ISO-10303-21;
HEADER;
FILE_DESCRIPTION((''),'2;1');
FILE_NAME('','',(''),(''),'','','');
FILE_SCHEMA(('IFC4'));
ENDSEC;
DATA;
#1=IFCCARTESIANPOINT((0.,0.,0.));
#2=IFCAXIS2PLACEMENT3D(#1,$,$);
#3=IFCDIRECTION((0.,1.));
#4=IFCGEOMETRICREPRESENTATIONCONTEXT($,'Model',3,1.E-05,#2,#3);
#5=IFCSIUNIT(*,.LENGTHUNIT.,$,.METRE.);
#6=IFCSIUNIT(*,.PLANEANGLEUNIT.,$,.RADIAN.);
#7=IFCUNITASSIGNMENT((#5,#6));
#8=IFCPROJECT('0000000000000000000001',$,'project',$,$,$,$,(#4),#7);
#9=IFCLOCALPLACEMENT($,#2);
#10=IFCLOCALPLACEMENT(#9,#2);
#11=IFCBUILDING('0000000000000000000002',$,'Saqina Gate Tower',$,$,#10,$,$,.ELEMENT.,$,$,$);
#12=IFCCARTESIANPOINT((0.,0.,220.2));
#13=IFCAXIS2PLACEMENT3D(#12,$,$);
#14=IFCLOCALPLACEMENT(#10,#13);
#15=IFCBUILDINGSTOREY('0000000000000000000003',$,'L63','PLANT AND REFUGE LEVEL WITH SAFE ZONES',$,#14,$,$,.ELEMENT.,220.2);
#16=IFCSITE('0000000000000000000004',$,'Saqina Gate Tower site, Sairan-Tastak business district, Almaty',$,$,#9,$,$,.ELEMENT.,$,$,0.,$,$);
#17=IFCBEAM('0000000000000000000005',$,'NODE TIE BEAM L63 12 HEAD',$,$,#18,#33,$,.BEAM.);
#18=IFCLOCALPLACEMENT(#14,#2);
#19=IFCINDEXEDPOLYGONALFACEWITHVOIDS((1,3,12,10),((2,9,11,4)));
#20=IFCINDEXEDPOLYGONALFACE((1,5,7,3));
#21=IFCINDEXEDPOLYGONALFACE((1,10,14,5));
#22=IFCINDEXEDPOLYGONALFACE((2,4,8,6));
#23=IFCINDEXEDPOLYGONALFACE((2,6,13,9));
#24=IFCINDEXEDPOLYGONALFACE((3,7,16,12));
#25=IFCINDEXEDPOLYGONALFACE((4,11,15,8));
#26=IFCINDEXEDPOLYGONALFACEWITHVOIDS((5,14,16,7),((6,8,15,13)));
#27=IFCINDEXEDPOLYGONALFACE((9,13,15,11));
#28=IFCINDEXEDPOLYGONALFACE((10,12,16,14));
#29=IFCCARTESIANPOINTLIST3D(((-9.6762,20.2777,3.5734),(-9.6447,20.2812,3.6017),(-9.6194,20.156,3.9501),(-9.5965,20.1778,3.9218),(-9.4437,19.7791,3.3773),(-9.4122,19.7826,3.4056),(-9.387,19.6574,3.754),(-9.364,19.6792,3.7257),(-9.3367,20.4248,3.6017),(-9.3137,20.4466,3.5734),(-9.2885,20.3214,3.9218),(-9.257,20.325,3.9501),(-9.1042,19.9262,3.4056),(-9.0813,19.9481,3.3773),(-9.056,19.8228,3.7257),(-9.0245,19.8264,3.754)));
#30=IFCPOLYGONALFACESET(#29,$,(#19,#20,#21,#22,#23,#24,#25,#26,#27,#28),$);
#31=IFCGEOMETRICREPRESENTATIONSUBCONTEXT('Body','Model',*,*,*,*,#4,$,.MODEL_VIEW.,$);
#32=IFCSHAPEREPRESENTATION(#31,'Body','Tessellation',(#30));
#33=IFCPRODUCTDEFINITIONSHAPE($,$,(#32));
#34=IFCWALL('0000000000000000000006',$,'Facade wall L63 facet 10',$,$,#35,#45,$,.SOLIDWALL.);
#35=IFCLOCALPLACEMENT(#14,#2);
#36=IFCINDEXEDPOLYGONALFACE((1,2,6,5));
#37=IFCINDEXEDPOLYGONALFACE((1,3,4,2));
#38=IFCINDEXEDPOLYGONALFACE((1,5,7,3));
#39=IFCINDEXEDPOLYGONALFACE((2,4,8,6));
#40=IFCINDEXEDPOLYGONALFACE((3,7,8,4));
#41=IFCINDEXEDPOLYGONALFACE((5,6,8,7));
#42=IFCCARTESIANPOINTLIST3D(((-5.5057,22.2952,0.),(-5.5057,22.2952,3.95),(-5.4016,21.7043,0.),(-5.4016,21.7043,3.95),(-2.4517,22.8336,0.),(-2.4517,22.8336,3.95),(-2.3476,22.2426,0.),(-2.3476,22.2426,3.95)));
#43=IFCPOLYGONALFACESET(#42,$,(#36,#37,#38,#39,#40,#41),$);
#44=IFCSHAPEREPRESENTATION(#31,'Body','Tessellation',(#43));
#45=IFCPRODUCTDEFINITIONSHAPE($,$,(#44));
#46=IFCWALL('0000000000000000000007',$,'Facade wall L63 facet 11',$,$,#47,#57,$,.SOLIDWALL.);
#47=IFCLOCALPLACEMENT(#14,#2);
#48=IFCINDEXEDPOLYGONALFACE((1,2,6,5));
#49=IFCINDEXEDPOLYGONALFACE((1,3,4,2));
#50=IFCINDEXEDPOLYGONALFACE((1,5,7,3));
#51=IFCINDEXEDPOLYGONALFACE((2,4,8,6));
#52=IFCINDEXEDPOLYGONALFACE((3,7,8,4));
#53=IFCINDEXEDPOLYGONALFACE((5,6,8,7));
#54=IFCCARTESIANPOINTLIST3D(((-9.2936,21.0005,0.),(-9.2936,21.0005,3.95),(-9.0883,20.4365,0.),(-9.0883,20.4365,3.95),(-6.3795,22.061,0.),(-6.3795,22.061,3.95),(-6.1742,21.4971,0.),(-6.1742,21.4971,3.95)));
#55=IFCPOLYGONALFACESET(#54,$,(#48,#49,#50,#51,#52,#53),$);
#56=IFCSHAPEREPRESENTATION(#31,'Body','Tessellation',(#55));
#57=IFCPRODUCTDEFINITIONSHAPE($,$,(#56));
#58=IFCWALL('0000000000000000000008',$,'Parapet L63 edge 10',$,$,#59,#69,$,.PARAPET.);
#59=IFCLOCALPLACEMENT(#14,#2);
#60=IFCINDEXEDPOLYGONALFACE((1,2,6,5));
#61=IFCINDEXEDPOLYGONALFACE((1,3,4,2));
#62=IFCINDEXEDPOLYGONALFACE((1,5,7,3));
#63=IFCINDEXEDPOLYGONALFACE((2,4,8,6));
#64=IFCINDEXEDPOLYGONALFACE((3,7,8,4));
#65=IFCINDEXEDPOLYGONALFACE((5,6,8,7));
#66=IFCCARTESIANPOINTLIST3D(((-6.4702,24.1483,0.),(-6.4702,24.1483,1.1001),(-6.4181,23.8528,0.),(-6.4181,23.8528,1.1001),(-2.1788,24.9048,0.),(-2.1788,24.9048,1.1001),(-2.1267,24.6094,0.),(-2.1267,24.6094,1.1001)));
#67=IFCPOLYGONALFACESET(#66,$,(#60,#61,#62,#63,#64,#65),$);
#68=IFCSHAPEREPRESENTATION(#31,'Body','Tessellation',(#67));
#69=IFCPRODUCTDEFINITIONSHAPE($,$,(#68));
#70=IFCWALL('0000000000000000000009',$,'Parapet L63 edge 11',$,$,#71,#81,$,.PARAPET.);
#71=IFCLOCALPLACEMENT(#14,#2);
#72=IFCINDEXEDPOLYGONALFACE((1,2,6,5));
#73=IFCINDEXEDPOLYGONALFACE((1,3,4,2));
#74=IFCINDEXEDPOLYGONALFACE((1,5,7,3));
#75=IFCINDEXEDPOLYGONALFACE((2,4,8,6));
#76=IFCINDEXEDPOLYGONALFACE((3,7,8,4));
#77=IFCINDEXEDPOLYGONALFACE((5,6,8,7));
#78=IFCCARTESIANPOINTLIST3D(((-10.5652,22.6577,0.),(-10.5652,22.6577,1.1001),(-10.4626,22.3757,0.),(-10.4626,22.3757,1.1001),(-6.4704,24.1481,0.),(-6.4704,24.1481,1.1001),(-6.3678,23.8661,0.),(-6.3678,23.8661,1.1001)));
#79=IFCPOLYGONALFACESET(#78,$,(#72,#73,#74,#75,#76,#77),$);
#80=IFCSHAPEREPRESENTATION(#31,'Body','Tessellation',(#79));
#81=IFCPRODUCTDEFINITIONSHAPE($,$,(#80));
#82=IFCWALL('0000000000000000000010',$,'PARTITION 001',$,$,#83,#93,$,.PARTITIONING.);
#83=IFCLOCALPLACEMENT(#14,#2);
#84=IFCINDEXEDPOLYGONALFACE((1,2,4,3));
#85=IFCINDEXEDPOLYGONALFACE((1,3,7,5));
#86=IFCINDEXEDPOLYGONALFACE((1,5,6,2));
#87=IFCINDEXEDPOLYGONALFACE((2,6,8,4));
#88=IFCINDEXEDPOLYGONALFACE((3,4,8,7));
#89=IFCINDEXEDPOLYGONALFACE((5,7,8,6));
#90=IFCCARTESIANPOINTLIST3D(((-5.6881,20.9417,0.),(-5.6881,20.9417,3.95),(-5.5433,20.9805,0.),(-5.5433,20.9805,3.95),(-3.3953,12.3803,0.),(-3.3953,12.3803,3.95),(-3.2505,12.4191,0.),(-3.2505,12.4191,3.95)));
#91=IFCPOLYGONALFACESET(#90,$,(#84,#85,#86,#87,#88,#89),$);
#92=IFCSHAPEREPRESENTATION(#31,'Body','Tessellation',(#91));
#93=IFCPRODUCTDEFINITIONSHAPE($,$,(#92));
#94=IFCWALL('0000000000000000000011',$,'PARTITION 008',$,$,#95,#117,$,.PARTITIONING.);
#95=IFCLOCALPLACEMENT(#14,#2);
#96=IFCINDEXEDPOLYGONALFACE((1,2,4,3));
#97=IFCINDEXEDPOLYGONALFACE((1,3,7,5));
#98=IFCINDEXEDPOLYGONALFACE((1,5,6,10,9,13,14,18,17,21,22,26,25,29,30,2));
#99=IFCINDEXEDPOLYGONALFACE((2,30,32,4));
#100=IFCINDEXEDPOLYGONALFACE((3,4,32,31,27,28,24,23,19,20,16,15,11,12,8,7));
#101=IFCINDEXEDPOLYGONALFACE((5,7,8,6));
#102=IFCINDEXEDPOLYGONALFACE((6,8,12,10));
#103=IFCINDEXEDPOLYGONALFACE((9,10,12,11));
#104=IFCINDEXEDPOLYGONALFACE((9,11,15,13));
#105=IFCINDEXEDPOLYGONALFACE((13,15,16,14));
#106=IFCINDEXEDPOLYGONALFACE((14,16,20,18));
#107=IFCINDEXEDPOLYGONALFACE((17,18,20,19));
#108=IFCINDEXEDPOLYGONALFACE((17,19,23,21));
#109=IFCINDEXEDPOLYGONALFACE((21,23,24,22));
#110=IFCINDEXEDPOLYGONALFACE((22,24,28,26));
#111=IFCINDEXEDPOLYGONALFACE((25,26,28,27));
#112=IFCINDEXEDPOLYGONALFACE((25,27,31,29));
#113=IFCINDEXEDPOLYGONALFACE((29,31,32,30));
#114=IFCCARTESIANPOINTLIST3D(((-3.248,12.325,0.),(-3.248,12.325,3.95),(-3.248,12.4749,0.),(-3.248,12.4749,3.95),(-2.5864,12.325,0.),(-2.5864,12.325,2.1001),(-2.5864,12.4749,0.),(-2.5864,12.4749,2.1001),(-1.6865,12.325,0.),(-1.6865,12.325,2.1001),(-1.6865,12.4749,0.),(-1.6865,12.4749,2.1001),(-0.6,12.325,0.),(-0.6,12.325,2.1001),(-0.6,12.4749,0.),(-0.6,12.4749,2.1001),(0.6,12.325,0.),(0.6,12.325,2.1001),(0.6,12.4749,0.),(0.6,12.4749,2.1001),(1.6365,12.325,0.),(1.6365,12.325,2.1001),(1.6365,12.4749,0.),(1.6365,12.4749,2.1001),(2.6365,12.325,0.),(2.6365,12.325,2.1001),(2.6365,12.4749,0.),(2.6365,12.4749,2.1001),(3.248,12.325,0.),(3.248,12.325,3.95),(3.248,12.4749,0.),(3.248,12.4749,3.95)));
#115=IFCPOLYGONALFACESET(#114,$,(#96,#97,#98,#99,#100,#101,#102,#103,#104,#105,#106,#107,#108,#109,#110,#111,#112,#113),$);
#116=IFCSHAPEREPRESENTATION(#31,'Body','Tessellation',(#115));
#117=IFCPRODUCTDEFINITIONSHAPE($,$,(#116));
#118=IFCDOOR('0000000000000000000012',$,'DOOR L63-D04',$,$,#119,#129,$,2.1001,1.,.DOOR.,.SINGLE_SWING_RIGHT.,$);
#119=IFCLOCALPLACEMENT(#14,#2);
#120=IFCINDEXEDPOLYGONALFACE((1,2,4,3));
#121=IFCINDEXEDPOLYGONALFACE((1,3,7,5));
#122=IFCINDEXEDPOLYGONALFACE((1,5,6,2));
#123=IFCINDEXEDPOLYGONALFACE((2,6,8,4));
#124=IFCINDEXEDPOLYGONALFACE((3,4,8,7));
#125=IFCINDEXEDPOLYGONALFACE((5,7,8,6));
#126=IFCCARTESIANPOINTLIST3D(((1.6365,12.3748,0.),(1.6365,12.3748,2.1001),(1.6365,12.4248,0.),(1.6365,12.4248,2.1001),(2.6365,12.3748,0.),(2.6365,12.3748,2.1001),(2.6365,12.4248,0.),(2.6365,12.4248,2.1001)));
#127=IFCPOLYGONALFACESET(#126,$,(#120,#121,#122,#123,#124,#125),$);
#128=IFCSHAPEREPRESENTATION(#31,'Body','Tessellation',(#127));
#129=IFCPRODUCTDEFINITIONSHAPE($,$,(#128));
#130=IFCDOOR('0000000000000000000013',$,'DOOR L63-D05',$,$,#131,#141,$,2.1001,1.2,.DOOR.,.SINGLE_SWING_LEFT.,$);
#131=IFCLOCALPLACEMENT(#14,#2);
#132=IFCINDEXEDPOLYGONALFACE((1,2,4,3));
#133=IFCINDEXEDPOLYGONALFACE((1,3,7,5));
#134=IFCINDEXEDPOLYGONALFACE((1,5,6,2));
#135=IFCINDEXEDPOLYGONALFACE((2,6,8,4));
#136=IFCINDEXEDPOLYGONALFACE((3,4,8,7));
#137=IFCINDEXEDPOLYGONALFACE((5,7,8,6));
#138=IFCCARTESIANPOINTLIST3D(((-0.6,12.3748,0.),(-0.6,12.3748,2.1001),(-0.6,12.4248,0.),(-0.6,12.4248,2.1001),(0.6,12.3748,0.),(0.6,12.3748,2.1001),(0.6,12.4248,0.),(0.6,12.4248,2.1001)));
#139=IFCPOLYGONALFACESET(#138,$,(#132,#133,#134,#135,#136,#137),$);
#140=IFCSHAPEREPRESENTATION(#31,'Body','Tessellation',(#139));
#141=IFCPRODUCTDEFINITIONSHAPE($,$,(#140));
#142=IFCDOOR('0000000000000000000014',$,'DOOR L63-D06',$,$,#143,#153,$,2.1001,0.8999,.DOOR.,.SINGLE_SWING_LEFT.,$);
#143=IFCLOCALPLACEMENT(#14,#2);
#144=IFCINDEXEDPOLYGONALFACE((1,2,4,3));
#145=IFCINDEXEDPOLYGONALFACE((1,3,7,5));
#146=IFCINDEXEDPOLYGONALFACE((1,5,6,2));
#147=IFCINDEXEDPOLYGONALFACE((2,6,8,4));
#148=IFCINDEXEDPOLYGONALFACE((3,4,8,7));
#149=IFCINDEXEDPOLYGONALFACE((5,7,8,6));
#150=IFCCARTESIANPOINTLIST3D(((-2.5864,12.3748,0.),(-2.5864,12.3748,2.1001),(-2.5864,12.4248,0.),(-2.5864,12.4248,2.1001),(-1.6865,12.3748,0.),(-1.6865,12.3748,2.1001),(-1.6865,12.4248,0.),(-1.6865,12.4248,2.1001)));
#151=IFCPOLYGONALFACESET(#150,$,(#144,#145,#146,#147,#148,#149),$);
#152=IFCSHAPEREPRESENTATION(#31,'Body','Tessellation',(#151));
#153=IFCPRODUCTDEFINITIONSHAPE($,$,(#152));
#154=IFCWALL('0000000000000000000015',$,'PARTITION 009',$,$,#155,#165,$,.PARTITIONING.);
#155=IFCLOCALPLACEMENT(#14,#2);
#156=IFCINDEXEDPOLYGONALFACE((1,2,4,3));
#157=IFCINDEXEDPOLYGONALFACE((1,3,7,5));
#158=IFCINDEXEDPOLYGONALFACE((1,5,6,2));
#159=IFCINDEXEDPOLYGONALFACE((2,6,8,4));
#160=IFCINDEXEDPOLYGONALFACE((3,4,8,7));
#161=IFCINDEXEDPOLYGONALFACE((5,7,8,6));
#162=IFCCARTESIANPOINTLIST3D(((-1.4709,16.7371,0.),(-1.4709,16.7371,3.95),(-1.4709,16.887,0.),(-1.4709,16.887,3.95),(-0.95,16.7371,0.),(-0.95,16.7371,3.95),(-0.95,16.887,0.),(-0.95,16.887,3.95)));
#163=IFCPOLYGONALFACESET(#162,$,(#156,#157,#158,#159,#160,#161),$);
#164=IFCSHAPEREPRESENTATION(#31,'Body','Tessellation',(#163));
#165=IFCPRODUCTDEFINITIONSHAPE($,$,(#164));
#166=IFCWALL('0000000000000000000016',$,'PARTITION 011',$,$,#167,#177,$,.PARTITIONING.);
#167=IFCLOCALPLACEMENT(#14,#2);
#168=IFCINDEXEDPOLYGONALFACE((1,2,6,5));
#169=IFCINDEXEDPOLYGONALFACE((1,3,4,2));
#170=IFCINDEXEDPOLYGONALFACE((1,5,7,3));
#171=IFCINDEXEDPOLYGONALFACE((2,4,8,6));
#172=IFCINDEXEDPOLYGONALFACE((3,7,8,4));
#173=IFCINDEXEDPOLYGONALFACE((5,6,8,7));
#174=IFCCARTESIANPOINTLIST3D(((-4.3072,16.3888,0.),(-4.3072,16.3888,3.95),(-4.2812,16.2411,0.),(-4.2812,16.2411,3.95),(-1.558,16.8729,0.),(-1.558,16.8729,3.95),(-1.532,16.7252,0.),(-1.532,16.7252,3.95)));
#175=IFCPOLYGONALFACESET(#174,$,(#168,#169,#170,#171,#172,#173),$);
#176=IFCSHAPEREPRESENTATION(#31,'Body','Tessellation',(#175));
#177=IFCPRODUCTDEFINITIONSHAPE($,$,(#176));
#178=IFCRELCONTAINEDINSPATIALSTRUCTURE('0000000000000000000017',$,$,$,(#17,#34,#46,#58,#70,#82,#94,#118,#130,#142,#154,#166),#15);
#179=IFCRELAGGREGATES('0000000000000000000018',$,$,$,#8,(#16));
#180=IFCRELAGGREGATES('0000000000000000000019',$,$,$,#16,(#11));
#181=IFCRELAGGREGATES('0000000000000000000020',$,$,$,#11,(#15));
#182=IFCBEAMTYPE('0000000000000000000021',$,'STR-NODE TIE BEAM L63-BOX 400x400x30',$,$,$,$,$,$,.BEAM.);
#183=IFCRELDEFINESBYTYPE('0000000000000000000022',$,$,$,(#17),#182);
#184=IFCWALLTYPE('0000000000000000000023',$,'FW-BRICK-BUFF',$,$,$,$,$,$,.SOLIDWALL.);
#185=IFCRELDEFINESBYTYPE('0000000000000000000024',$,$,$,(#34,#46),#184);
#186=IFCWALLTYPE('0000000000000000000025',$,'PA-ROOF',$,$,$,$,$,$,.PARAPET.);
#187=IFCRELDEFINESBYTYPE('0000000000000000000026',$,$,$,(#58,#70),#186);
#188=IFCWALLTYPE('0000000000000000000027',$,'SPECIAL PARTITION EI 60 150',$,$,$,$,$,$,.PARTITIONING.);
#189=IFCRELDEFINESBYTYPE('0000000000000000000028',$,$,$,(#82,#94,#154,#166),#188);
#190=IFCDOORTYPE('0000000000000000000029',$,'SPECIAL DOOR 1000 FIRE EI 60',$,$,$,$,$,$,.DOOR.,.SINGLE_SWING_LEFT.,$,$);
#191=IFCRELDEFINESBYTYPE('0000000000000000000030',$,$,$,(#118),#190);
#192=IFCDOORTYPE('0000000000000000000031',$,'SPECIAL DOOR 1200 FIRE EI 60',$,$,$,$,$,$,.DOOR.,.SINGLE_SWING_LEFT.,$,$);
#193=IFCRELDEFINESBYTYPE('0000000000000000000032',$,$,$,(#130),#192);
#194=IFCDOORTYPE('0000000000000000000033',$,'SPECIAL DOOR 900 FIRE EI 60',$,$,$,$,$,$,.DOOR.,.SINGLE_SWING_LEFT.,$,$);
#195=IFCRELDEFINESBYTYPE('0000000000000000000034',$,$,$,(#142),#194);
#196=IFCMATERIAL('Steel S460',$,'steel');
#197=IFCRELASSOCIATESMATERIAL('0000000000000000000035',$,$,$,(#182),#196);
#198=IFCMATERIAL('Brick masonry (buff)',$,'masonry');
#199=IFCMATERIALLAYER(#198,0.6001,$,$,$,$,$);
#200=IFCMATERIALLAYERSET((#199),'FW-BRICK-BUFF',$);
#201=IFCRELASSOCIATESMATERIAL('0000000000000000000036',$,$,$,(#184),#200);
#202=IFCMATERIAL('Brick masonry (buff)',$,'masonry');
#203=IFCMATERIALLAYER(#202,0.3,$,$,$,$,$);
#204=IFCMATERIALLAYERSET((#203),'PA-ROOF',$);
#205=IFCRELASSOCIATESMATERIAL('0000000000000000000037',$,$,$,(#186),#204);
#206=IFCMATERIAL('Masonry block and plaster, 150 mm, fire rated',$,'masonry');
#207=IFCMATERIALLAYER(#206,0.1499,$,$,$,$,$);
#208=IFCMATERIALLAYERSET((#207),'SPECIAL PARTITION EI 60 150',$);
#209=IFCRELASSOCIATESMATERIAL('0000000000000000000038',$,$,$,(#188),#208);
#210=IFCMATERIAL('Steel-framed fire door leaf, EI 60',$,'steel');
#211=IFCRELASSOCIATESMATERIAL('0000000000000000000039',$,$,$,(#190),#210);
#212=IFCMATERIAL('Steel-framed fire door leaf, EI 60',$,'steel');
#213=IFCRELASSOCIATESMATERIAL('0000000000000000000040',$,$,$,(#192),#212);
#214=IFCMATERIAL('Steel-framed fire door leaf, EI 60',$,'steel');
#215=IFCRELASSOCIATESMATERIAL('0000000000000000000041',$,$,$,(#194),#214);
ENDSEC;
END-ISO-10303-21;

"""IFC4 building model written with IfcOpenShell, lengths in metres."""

from ifc_helpers import new_model, si_unit, direction, frame, frame_2d, origin, origin_2d, place, context, subcontext, project, spatial, rectangle, hollow_rectangle, extrude, material, layer, layer_set, material_profile, profile_set, type_object, element, fill, save


model = new_model("IFC4")

# Units and contexts
model_context = context("Model", 3, precision=1e-05, world=origin(), true_north=direction((0.0, 1.0)))
body_context = subcontext(model_context, "Body", "Model", "MODEL_VIEW")
ifc_project = project(units=[si_unit("LENGTHUNIT", "METRE"), si_unit("PLANEANGLEUNIT", "RADIAN")], contexts=[model_context])

# Site, building, storey
site_placement = place(None, origin())
site = spatial("IfcSite", under=ifc_project, at=site_placement, Name="Saqina Gate Tower site, Sairan-Tastak business district, Almaty", CompositionType="ELEMENT", RefElevation=0.0)
building_placement = place(site_placement, origin())
building = spatial("IfcBuilding", under=site, at=building_placement, Name="Saqina Gate Tower", CompositionType="ELEMENT")
storey_placement = place(building_placement, frame((0.0, 0.0, 220.2)))
storey = spatial("IfcBuildingStorey", under=building, at=storey_placement, Name="L63", Description="PLANT AND REFUGE LEVEL WITH SAFE ZONES", CompositionType="ELEMENT", Elevation=220.2)

# Beam
ifc_material_1 = material(Name="Steel S460", Category="steel")
ifc_material_profile_1 = material_profile(ifc_material_1, hollow_rectangle(XDim=0.3999, YDim=0.3999, WallThickness=0.03, at=origin_2d()), Name="BOX 400x400x30")
ifc_profile_set_1 = profile_set([ifc_material_profile_1], Name="Steel S460")
beam_type = type_object("IfcBeamType", Name="STR-NODE TIE BEAM L63-BOX 400x400x30", PredefinedType="BEAM", material=ifc_profile_set_1)
beam_placement = place(storey_placement, frame((-9.2341, 19.8027, 3.5657), z_axis=(-0.398021, 0.853738, 0.335725), x_axis=(-0.906342, -0.422545, 0.0)))
element("IfcBeam", 1, at=beam_placement, inside=storey, type_object=beam_type, Name="NODE TIE BEAM L63 12 HEAD", PredefinedType="BEAM", context=body_context, shape_type="SweptSolid", body=[
    extrude(hollow_rectangle(XDim=0.3999, YDim=0.3999, WallThickness=0.03, at=origin_2d()), origin(), (0.0, 0.0, 1.0), 0.584),
])

# Walls
ifc_material_2 = material(Name="Brick masonry (buff)", Category="masonry")
ifc_layer_1 = layer(ifc_material_2, 0.6001)
ifc_layer_set_1 = layer_set([ifc_layer_1], Name="FW-BRICK-BUFF")
wall_type_1 = type_object("IfcWallType", Name="FW-BRICK-BUFF", PredefinedType="SOLIDWALL", material=ifc_layer_set_1)
for number, where, z_axis, x_axis, name in (
    (2, (-2.3997, 22.5381, 0.0), (0.0, 0.0, 1.0), (-0.984817, -0.173597, 0.0), "Facade wall L63 facet 10"),
    (3, (-6.2769, 21.7791, 0.0), (0.0, 0.0, 1.0), (-0.939701, -0.341996, 0.0), "Facade wall L63 facet 11"),
):
    element("IfcWall", number, at=place(storey_placement, frame(where, z_axis=z_axis, x_axis=x_axis)), inside=storey, type_object=wall_type_1, Name=name, PredefinedType="SOLIDWALL", context=body_context, shape_type="SweptSolid", body=[
        extrude(rectangle(XDim=3.1011, YDim=0.6001, at=frame_2d((1.5505, 0.0))), origin(), (0.0, 0.0, 1.0), 3.95),
    ])
ifc_material_3 = material(Name="Brick masonry (buff)", Category="masonry")
ifc_layer_2 = layer(ifc_material_3, 0.3)
ifc_layer_set_2 = layer_set([ifc_layer_2], Name="PA-ROOF")
wall_type_2 = type_object("IfcWallType", Name="PA-ROOF", PredefinedType="PARAPET", material=ifc_layer_set_2)
for number, where, z_axis, x_axis, name in (
    (4, (-2.1528, 24.7571, 0.0), (0.0, 0.0, 1.0), (-0.984812, -0.173622, 0.0), "Parapet L63 edge 10"),
    (5, (-6.4192, 24.0071, 0.0), (0.0, 0.0, 1.0), (-0.93969, -0.342026, 0.0), "Parapet L63 edge 11"),
):
    element("IfcWall", number, at=place(storey_placement, frame(where, z_axis=z_axis, x_axis=x_axis)), inside=storey, type_object=wall_type_2, Name=name, PredefinedType="PARAPET", context=body_context, shape_type="SweptSolid", body=[
        extrude(rectangle(XDim=4.3577, YDim=0.3, at=frame_2d((2.1787, 0.0))), origin(), (0.0, 0.0, 1.0), 1.1001),
    ])
ifc_material_4 = material(Name="Masonry block and plaster, 150 mm, fire rated", Category="masonry")
ifc_layer_3 = layer(ifc_material_4, 0.1499)
ifc_layer_set_3 = layer_set([ifc_layer_3], Name="SPECIAL PARTITION EI 60 150")
wall_type_3 = type_object("IfcWallType", Name="SPECIAL PARTITION EI 60 150", PredefinedType="PARTITIONING", material=ifc_layer_set_3)
wall_1_placement = place(storey_placement, frame((-5.6157, 20.9612, 0.0), z_axis=(0.0, 0.0, 1.0), x_axis=(0.258686, -0.965961, 0.0)))
element("IfcWall", 6, at=wall_1_placement, inside=storey, type_object=wall_type_3, Name="PARTITION 001", PredefinedType="PARTITIONING", context=body_context, shape_type="SweptSolid", body=[
    extrude(rectangle(XDim=8.863, YDim=0.1499, at=frame_2d((4.4316, 0.0))), origin(), (0.0, 0.0, 1.0), 3.95),
])

# Wall, openings, doors
wall_2_placement = place(storey_placement, frame((-3.248, 12.3999, 0.0), z_axis=(0.0, 0.0, 1.0), x_axis=(1.0, 0.0, 0.0)))
wall_2 = element("IfcWall", 7, at=wall_2_placement, inside=storey, type_object=wall_type_3, Name="PARTITION 008", PredefinedType="PARTITIONING", context=body_context, shape_type="SweptSolid", body=[
    extrude(rectangle(XDim=6.4961, YDim=0.1499, at=frame_2d((3.248, 0.0))), origin(), (0.0, 0.0, 1.0), 3.95),
])
opening_1_placement = place(wall_2_placement, frame((4.8845, 0.0, 0.0)))
opening_1 = element("IfcOpeningElement", 8, at=opening_1_placement, cuts=wall_2, PredefinedType="OPENING", context=body_context, shape_type="SweptSolid", body=[
    extrude(rectangle(XDim=1.0, YDim=2.1001, at=frame_2d((0.5, 1.05))), frame((0.0, 0.0869, 0.0), z_axis=(0.0, -1.0, 0.0), x_axis=(1.0, 0.0, 0.0)), (0.0, 0.0, 1.0), 0.1738),
])
opening_2_placement = place(wall_2_placement, frame((2.6479, 0.0, 0.0)))
opening_2 = element("IfcOpeningElement", 9, at=opening_2_placement, cuts=wall_2, PredefinedType="OPENING", context=body_context, shape_type="SweptSolid", body=[
    extrude(rectangle(XDim=1.2, YDim=2.1001, at=frame_2d((0.6001, 1.05))), frame((0.0, 0.0869, 0.0), z_axis=(0.0, -1.0, 0.0), x_axis=(1.0, 0.0, 0.0)), (0.0, 0.0, 1.0), 0.1738),
])
opening_3_placement = place(wall_2_placement, frame((0.6616, 0.0, 0.0)))
opening_3 = element("IfcOpeningElement", 10, at=opening_3_placement, cuts=wall_2, PredefinedType="OPENING", context=body_context, shape_type="SweptSolid", body=[
    extrude(rectangle(XDim=0.8999, YDim=2.1001, at=frame_2d((0.45, 1.05))), frame((0.0, 0.0869, 0.0), z_axis=(0.0, -1.0, 0.0), x_axis=(1.0, 0.0, 0.0)), (0.0, 0.0, 1.0), 0.1738),
])
ifc_material_5 = material(Name="Steel-framed fire door leaf, EI 60", Category="steel")
door_type_1 = type_object("IfcDoorType", Name="SPECIAL DOOR 1000 FIRE EI 60", OperationType="SINGLE_SWING_LEFT", PredefinedType="DOOR", material=ifc_material_5)
door_1_placement = place(opening_1_placement, origin())
door_1 = element("IfcDoor", 11, at=door_1_placement, inside=storey, type_object=door_type_1, Name="DOOR L63-D04", OperationType="SINGLE_SWING_RIGHT", OverallHeight=2.1001, OverallWidth=1.0, PredefinedType="DOOR", context=body_context, shape_type="SweptSolid", body=[
    extrude(rectangle(XDim=1.0, YDim=2.1001, at=frame_2d((0.5, 1.05))), frame((0.0, 0.0249, 0.0), z_axis=(0.0, -1.0, 0.0), x_axis=(1.0, 0.0, 0.0)), (0.0, 0.0, 1.0), 0.05),
])
fill(opening_1, door_1)
ifc_material_6 = material(Name="Steel-framed fire door leaf, EI 60", Category="steel")
door_type_2 = type_object("IfcDoorType", Name="SPECIAL DOOR 1200 FIRE EI 60", OperationType="SINGLE_SWING_LEFT", PredefinedType="DOOR", material=ifc_material_6)
door_2_placement = place(opening_2_placement, origin())
door_2 = element("IfcDoor", 12, at=door_2_placement, inside=storey, type_object=door_type_2, Name="DOOR L63-D05", OperationType="SINGLE_SWING_LEFT", OverallHeight=2.1001, OverallWidth=1.2, PredefinedType="DOOR", context=body_context, shape_type="SweptSolid", body=[
    extrude(rectangle(XDim=1.2, YDim=2.1001, at=frame_2d((0.6001, 1.05))), frame((0.0, 0.0249, 0.0), z_axis=(0.0, -1.0, 0.0), x_axis=(1.0, 0.0, 0.0)), (0.0, 0.0, 1.0), 0.05),
])
fill(opening_2, door_2)
ifc_material_7 = material(Name="Steel-framed fire door leaf, EI 60", Category="steel")
door_type_3 = type_object("IfcDoorType", Name="SPECIAL DOOR 900 FIRE EI 60", OperationType="SINGLE_SWING_LEFT", PredefinedType="DOOR", material=ifc_material_7)
door_3_placement = place(opening_3_placement, origin())
door_3 = element("IfcDoor", 13, at=door_3_placement, inside=storey, type_object=door_type_3, Name="DOOR L63-D06", OperationType="SINGLE_SWING_LEFT", OverallHeight=2.1001, OverallWidth=0.8999, PredefinedType="DOOR", context=body_context, shape_type="SweptSolid", body=[
    extrude(rectangle(XDim=0.8999, YDim=2.1001, at=frame_2d((0.45, 1.05))), frame((0.0, 0.0249, 0.0), z_axis=(0.0, -1.0, 0.0), x_axis=(1.0, 0.0, 0.0)), (0.0, 0.0, 1.0), 0.05),
])
fill(opening_3, door_3)

# Walls
wall_3_placement = place(storey_placement, frame((-1.4709, 16.812, 0.0), z_axis=(0.0, 0.0, 1.0), x_axis=(1.0, 0.0, 0.0)))
element("IfcWall", 14, at=wall_3_placement, inside=storey, type_object=wall_type_3, Name="PARTITION 009", PredefinedType="PARTITIONING", context=body_context, shape_type="SweptSolid", body=[
    extrude(rectangle(XDim=0.521, YDim=0.1499, at=frame_2d((0.2605, 0.0))), origin(), (0.0, 0.0, 1.0), 3.95),
])
wall_4_placement = place(storey_placement, frame((-4.2942, 16.3149, 0.0), z_axis=(0.0, 0.0, 1.0), x_axis=(0.984847, 0.173426, 0.0)))
element("IfcWall", 15, at=wall_4_placement, inside=storey, type_object=wall_type_3, Name="PARTITION 011", PredefinedType="PARTITIONING", context=body_context, shape_type="SweptSolid", body=[
    extrude(rectangle(XDim=2.7915, YDim=0.1499, at=frame_2d((1.3958, 0.0))), origin(), (0.0, 0.0, 1.0), 3.95),
])

save(model, "model.ifc")
